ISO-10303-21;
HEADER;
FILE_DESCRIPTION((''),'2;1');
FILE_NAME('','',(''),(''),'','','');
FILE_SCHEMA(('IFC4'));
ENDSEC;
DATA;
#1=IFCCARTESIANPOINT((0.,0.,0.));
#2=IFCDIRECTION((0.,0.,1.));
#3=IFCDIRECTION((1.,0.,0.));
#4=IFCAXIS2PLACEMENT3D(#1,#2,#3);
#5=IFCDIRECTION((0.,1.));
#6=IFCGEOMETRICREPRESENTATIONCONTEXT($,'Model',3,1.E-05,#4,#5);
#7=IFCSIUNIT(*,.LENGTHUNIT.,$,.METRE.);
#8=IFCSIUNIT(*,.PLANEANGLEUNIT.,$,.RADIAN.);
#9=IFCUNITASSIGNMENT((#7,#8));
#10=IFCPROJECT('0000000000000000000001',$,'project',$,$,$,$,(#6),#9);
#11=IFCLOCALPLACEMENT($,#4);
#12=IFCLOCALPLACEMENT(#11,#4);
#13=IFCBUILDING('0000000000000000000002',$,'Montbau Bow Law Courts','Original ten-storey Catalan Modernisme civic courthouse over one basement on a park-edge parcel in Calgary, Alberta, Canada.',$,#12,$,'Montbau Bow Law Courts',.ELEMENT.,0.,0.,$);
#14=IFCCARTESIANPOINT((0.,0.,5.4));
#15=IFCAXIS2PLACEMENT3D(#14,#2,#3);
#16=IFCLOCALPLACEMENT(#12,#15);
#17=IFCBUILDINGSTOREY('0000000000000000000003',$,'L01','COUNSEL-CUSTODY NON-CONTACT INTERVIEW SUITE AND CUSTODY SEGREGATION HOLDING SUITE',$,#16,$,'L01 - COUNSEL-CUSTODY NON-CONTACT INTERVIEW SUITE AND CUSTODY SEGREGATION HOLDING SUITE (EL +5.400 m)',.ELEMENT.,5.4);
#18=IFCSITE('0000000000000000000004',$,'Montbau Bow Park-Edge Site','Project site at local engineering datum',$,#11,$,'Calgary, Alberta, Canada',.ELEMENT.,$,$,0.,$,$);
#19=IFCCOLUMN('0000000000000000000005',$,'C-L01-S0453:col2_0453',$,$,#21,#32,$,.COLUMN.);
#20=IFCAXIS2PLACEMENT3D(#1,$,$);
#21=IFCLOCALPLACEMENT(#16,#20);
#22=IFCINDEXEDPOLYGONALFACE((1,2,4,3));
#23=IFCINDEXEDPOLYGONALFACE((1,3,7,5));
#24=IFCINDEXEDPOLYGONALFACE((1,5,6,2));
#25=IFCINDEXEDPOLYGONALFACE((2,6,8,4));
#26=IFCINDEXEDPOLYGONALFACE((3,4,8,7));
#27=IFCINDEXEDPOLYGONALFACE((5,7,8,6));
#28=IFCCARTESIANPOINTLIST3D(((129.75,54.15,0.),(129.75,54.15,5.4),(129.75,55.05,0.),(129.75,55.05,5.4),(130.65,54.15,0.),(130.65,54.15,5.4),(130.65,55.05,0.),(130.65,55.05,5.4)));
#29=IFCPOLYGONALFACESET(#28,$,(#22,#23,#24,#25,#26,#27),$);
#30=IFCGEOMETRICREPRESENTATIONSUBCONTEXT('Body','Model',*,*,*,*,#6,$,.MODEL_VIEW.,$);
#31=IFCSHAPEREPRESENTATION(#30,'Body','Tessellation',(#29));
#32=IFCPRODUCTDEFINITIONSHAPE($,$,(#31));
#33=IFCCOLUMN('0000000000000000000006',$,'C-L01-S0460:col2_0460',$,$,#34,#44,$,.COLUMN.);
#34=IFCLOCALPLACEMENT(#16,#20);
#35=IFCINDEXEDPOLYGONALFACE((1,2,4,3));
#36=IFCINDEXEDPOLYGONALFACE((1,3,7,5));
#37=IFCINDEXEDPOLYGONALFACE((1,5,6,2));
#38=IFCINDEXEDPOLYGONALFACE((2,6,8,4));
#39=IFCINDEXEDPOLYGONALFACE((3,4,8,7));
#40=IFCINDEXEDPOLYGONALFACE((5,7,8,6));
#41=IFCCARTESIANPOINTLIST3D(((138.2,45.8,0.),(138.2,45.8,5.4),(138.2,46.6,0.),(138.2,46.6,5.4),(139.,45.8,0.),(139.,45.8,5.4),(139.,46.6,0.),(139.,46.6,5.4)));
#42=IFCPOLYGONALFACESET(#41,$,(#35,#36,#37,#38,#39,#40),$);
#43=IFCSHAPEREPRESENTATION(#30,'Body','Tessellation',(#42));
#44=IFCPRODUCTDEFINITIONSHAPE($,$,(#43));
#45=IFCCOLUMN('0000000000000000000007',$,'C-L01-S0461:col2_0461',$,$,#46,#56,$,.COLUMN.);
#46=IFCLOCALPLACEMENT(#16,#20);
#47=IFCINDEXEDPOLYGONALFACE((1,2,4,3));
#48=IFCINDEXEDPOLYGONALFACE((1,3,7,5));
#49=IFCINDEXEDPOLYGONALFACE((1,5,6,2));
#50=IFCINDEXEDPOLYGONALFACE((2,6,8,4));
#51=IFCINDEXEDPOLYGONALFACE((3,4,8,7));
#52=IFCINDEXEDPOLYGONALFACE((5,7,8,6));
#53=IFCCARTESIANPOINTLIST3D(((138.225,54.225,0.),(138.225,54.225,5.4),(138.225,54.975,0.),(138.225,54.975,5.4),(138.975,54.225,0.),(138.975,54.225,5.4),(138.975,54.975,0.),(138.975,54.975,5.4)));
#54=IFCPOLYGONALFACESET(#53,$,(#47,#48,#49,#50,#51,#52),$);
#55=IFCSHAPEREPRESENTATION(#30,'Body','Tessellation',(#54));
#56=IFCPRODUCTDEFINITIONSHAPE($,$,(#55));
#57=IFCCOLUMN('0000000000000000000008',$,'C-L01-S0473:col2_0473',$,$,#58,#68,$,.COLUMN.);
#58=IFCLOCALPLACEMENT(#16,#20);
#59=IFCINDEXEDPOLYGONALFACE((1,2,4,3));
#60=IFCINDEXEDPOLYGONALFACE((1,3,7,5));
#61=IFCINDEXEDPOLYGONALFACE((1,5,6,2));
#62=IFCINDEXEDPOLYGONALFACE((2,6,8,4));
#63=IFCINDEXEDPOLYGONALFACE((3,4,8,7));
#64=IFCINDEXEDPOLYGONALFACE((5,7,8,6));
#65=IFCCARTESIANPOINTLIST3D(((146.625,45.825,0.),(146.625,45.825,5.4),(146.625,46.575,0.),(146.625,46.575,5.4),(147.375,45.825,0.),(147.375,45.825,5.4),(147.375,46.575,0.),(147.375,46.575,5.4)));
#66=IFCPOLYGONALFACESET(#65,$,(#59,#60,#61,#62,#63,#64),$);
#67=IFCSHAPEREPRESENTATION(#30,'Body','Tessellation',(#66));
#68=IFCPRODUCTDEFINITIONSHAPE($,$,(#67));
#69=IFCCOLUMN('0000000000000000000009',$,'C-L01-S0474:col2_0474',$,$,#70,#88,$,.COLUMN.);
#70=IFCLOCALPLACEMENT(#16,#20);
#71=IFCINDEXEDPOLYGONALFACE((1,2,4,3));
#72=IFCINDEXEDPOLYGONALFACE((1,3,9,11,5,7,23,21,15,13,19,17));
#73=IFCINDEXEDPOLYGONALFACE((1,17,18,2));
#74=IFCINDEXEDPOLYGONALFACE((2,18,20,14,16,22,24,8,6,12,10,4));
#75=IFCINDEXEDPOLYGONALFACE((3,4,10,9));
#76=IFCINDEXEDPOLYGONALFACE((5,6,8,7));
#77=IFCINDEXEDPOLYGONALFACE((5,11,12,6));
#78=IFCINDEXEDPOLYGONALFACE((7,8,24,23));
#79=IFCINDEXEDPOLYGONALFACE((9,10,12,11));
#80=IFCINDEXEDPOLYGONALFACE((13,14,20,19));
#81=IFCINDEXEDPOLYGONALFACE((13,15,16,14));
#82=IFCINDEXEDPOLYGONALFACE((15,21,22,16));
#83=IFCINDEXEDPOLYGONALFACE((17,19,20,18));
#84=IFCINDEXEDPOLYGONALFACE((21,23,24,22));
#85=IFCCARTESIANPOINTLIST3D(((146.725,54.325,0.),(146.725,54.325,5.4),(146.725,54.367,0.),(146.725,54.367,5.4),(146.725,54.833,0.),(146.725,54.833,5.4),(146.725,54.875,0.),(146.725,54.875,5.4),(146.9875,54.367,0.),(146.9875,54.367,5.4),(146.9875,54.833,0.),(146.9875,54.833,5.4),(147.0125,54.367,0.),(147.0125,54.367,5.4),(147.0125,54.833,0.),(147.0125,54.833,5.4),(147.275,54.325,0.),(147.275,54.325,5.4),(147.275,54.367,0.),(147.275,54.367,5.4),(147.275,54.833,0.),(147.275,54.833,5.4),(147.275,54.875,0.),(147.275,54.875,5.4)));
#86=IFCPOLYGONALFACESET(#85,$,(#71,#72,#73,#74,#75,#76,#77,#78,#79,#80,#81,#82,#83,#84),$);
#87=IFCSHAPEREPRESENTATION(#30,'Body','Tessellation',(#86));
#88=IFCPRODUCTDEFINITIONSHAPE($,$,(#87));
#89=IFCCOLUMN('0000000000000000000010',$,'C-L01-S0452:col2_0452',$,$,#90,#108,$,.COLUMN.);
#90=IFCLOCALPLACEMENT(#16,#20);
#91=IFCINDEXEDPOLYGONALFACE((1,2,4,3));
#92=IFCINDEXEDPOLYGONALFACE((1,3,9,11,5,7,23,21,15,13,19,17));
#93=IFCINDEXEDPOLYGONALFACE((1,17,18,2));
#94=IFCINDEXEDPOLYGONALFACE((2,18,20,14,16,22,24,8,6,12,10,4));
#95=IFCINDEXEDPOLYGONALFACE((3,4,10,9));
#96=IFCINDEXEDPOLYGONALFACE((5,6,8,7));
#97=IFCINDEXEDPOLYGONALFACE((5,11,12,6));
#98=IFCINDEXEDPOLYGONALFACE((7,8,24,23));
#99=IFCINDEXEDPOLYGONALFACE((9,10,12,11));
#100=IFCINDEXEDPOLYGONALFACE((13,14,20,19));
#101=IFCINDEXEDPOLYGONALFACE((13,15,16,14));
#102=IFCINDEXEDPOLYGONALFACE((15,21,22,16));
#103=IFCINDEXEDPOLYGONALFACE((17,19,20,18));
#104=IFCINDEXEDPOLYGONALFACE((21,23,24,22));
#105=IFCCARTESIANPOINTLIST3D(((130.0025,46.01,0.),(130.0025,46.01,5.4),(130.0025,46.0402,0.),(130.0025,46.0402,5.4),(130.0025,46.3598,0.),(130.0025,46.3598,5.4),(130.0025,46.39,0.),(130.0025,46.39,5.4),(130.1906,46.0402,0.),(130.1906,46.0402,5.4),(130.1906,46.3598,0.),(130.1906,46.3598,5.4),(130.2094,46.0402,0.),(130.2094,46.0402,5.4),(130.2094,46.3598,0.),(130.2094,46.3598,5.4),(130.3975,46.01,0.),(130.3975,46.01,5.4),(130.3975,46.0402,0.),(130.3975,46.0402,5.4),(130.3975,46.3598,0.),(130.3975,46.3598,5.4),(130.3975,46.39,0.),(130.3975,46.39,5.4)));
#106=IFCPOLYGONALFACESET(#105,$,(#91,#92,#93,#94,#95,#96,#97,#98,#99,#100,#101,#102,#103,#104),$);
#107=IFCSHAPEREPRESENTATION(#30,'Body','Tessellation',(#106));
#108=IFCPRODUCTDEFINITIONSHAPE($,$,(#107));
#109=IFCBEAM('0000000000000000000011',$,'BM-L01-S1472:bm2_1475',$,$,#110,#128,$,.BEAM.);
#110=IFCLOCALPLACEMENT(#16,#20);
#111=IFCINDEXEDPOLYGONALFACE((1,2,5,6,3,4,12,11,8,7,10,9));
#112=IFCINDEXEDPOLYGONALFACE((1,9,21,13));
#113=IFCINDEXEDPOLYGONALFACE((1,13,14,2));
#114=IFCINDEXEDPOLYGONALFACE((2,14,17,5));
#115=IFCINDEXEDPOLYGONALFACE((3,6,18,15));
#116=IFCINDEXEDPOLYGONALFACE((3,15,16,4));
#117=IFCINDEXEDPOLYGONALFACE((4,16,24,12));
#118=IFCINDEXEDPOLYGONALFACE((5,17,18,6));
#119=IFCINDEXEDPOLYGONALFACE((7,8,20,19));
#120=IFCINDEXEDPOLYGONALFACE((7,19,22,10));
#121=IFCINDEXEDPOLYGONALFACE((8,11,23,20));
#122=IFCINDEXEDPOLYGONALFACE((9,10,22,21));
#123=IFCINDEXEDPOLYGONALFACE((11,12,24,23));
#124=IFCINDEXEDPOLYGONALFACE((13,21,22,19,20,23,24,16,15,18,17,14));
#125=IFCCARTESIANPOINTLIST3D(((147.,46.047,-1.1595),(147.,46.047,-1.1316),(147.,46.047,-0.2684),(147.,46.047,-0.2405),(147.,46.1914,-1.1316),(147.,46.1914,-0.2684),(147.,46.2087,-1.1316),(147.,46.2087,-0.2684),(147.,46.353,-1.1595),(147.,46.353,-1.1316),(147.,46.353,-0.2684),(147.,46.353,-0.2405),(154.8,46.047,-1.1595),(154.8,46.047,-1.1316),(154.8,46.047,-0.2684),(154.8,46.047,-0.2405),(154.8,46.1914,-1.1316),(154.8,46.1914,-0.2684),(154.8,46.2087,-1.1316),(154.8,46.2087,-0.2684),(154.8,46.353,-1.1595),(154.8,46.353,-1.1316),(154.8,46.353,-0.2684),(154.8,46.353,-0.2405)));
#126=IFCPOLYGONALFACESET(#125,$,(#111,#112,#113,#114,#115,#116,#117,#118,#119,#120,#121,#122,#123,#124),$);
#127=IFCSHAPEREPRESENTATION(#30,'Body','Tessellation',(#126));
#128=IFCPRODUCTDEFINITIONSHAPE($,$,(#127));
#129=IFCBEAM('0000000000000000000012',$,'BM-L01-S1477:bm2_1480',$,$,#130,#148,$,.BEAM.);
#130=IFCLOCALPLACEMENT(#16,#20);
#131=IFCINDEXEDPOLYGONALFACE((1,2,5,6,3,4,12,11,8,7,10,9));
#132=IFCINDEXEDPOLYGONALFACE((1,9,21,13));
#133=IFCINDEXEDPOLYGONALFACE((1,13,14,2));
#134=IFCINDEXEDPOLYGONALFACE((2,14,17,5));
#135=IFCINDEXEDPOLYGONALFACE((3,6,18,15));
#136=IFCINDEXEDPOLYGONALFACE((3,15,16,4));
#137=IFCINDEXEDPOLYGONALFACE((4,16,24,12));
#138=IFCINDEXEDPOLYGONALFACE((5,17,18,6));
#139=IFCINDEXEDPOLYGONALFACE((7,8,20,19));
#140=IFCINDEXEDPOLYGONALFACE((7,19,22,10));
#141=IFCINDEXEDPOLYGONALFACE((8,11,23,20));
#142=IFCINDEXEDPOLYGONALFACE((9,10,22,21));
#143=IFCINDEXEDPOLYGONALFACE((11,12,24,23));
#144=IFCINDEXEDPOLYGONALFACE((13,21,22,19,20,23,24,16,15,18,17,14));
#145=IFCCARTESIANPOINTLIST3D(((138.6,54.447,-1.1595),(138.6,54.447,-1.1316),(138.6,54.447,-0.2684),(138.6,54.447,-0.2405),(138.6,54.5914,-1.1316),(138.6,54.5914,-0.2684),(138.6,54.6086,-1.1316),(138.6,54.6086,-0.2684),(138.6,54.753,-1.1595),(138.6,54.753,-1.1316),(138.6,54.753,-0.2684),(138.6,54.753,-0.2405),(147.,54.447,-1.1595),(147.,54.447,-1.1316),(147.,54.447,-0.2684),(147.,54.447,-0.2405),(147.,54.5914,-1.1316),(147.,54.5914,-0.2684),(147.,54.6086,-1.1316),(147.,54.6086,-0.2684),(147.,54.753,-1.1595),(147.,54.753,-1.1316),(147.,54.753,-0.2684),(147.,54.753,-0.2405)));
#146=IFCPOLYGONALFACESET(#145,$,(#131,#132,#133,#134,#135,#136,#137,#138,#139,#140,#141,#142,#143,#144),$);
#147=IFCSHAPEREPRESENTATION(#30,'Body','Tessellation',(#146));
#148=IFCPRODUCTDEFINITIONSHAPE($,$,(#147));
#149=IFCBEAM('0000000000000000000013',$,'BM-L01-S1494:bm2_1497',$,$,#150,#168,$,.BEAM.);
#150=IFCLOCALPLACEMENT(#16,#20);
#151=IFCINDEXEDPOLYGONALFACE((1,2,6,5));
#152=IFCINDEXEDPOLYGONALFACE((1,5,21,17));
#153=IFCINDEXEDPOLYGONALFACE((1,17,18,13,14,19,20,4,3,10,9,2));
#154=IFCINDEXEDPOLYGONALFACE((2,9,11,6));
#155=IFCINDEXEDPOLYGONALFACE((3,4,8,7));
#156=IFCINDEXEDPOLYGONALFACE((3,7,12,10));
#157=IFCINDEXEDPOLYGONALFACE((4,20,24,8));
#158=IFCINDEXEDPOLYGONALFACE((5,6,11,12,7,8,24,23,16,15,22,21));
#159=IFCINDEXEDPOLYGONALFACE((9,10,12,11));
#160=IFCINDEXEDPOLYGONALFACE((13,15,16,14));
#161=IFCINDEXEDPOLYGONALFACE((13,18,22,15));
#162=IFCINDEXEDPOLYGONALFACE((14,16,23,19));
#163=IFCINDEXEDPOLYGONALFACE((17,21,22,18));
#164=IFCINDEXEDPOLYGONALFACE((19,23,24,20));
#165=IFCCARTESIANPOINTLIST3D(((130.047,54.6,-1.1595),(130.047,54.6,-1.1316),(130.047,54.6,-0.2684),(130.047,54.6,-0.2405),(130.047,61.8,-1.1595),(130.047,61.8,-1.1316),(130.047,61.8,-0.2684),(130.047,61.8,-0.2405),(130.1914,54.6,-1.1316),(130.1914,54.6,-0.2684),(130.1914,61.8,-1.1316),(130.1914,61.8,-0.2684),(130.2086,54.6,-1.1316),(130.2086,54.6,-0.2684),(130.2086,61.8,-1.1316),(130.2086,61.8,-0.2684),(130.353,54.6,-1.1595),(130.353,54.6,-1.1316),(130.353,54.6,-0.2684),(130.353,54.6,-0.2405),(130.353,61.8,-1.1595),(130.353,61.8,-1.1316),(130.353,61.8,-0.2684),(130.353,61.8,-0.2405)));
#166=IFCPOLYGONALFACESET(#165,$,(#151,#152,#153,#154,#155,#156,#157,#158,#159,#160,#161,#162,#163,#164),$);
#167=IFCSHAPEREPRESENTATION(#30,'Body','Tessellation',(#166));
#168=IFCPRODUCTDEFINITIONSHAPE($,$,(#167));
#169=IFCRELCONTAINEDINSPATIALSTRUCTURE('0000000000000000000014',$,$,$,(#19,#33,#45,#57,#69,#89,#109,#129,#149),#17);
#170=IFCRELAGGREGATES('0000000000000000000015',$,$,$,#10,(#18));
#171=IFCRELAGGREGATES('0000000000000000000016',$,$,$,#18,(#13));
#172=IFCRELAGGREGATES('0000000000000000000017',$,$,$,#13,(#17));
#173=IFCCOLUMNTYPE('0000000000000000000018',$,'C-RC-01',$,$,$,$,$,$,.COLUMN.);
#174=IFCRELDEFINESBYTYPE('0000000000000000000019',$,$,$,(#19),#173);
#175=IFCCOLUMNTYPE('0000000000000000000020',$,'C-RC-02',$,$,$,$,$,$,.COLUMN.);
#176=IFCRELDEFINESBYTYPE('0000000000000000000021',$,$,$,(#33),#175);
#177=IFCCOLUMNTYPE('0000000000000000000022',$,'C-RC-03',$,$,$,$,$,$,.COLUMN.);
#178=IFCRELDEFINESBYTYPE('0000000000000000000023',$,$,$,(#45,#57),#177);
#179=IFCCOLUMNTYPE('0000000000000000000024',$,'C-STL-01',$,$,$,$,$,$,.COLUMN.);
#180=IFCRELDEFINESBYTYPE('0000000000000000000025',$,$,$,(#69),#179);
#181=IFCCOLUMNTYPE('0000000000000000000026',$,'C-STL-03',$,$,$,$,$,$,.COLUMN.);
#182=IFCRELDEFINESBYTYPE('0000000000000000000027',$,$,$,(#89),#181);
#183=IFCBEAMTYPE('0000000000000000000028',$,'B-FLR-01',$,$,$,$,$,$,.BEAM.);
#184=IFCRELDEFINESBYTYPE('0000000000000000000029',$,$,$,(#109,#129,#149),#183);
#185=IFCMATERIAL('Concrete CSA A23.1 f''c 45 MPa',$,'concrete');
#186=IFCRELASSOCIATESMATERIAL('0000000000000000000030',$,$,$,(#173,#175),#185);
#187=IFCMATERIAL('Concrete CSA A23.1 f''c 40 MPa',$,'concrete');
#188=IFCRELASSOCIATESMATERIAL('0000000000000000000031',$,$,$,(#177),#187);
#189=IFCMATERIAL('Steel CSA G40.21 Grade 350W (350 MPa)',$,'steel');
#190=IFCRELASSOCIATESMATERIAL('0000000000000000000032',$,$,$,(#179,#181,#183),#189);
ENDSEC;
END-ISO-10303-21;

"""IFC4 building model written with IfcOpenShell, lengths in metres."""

from ifc_helpers import new_model, si_unit, direction, frame, origin_with_axes, origin_2d_with_axis, place, context, subcontext, project, spatial, rectangle, i_section, extrude, material, material_profile, profile_set, type_object, element, save


model = new_model("IFC4")

# Units and contexts
model_context = context("Model", 3, precision=1e-05, world=origin_with_axes(), true_north=direction((0.0, 1.0)))
body_context = subcontext(model_context, "Body", "Model", "MODEL_VIEW")
ifc_project = project(units=[si_unit("LENGTHUNIT", "METRE"), si_unit("PLANEANGLEUNIT", "RADIAN")], contexts=[model_context])

# Site, building, storey
site_placement = place(None, origin_with_axes())
site = spatial("IfcSite", under=ifc_project, at=site_placement, Name="Montbau Bow Park-Edge Site", Description="Project site at local engineering datum", LongName="Calgary, Alberta, Canada", CompositionType="ELEMENT", RefElevation=0.0)
building_placement = place(site_placement, origin_with_axes())
building = spatial("IfcBuilding", under=site, at=building_placement, Name="Montbau Bow Law Courts", Description="Original ten-storey Catalan Modernisme civic courthouse over one basement on a park-edge parcel in Calgary, Alberta, Canada.", LongName="Montbau Bow Law Courts", CompositionType="ELEMENT", ElevationOfRefHeight=0.0, ElevationOfTerrain=0.0)
storey_placement = place(building_placement, frame((0.0, 0.0, 5.4), z_axis=(0.0, 0.0, 1.0), x_axis=(1.0, 0.0, 0.0)))
storey = spatial("IfcBuildingStorey", under=building, at=storey_placement, Name="L01", Description="COUNSEL-CUSTODY NON-CONTACT INTERVIEW SUITE AND CUSTODY SEGREGATION HOLDING SUITE", LongName="L01 - COUNSEL-CUSTODY NON-CONTACT INTERVIEW SUITE AND CUSTODY SEGREGATION HOLDING SUITE (EL +5.400 m)", CompositionType="ELEMENT", Elevation=5.4)

# Columns
ifc_material_1 = material(Name="Concrete CSA A23.1 f'c 45 MPa", Category="concrete")
ifc_material_profile_1 = material_profile(ifc_material_1, rectangle(XDim=0.9, YDim=0.9, at=origin_2d_with_axis()), Name="RC900X900", Category="Main", Priority=0)
ifc_profile_set_1 = profile_set([ifc_material_profile_1], Name="Concrete CSA A23.1 f'c 45 MPa")
column_type_1 = type_object("IfcColumnType", Name="C-RC-01", PredefinedType="COLUMN", material=ifc_profile_set_1)
column_1_placement = place(None, frame((130.2, 54.6, 5.4), z_axis=(0.0, 0.0, 1.0), x_axis=(1.0, 0.0, 0.0)))
element("IfcColumn", 1, at=column_1_placement, inside=storey, type_object=column_type_1, Name="C-L01-S0453:col2_0453", PredefinedType="COLUMN", context=body_context, shape_type="SweptSolid", body=[
    extrude(rectangle(XDim=0.9, YDim=0.9, at=origin_2d_with_axis()), origin_with_axes(), (0.0, 0.0, 1.0), 5.4),
])
ifc_material_profile_2 = material_profile(ifc_material_1, rectangle(XDim=0.8, YDim=0.8, at=origin_2d_with_axis()), Name="RC800X800", Category="Main", Priority=0)
ifc_profile_set_2 = profile_set([ifc_material_profile_2], Name="Concrete CSA A23.1 f'c 45 MPa")
column_type_2 = type_object("IfcColumnType", Name="C-RC-02", PredefinedType="COLUMN", material=ifc_profile_set_2)
column_2_placement = place(None, frame((138.6, 46.2, 5.4), z_axis=(0.0, 0.0, 1.0), x_axis=(1.0, 0.0, 0.0)))
element("IfcColumn", 2, at=column_2_placement, inside=storey, type_object=column_type_2, Name="C-L01-S0460:col2_0460", PredefinedType="COLUMN", context=body_context, shape_type="SweptSolid", body=[
    extrude(rectangle(XDim=0.8, YDim=0.8, at=origin_2d_with_axis()), origin_with_axes(), (0.0, 0.0, 1.0), 5.4),
])
ifc_material_2 = material(Name="Concrete CSA A23.1 f'c 40 MPa", Category="concrete")
ifc_material_profile_3 = material_profile(ifc_material_2, rectangle(XDim=0.75, YDim=0.75, at=origin_2d_with_axis()), Name="RC750X750", Category="Main", Priority=0)
ifc_profile_set_3 = profile_set([ifc_material_profile_3], Name="Concrete CSA A23.1 f'c 40 MPa")
column_type_3 = type_object("IfcColumnType", Name="C-RC-03", PredefinedType="COLUMN", material=ifc_profile_set_3)
for number, where, z_axis, x_axis, name in (
    (3, (138.6, 54.6, 5.4), (0.0, 0.0, 1.0), (1.0, 0.0, 0.0), "C-L01-S0461:col2_0461"),
    (4, (147.0, 46.2, 5.4), (0.0, 0.0, 1.0), (1.0, 0.0, 0.0), "C-L01-S0473:col2_0473"),
):
    element("IfcColumn", number, at=place(None, frame(where, z_axis=z_axis, x_axis=x_axis)), inside=storey, type_object=column_type_3, Name=name, PredefinedType="COLUMN", context=body_context, shape_type="SweptSolid", body=[
        extrude(rectangle(XDim=0.75, YDim=0.75, at=origin_2d_with_axis()), origin_with_axes(), (0.0, 0.0, 1.0), 5.4),
    ])
ifc_material_3 = material(Name="Steel CSA G40.21 Grade 350W (350 MPa)", Category="steel")
ifc_material_profile_4 = material_profile(ifc_material_3, i_section(OverallWidth=0.55, OverallDepth=0.55, WebThickness=0.025, FlangeThickness=0.042, at=origin_2d_with_axis()), Name="WWF550X420", Category="Main", Priority=0)
ifc_profile_set_4 = profile_set([ifc_material_profile_4], Name="Steel CSA G40.21 Grade 350W (350 MPa)")
column_type_4 = type_object("IfcColumnType", Name="C-STL-01", PredefinedType="COLUMN", material=ifc_profile_set_4)
column_3_placement = place(None, frame((147.0, 54.6, 5.4), z_axis=(0.0, 0.0, 1.0), x_axis=(1.0, 0.0, 0.0)))
element("IfcColumn", 5, at=column_3_placement, inside=storey, type_object=column_type_4, Name="C-L01-S0474:col2_0474", PredefinedType="COLUMN", context=body_context, shape_type="SweptSolid", body=[
    extrude(i_section(OverallWidth=0.55, OverallDepth=0.55, WebThickness=0.025, FlangeThickness=0.042, at=origin_2d_with_axis()), origin_with_axes(), (0.0, 0.0, 1.0), 5.4),
])
ifc_material_profile_5 = material_profile(ifc_material_3, i_section(OverallWidth=0.395, OverallDepth=0.38, WebThickness=0.0189, FlangeThickness=0.0302, at=origin_2d_with_axis()), Name="W360X237", Category="Main", Priority=0)
ifc_profile_set_5 = profile_set([ifc_material_profile_5], Name="Steel CSA G40.21 Grade 350W (350 MPa)")
column_type_5 = type_object("IfcColumnType", Name="C-STL-03", PredefinedType="COLUMN", material=ifc_profile_set_5)
column_4_placement = place(None, frame((130.2, 46.2, 5.4), z_axis=(0.0, 0.0, 1.0), x_axis=(1.0, 0.0, 0.0)))
element("IfcColumn", 6, at=column_4_placement, inside=storey, type_object=column_type_5, Name="C-L01-S0452:col2_0452", PredefinedType="COLUMN", context=body_context, shape_type="SweptSolid", body=[
    extrude(i_section(OverallWidth=0.395, OverallDepth=0.38, WebThickness=0.0189, FlangeThickness=0.0302, at=origin_2d_with_axis()), origin_with_axes(), (0.0, 0.0, 1.0), 5.4),
])

# Beams
ifc_material_profile_6 = material_profile(ifc_material_3, i_section(OverallWidth=0.306, OverallDepth=0.919, WebThickness=0.0173, FlangeThickness=0.0279, at=origin_2d_with_axis()), Name="W920X253", Category="Main", Priority=0)
ifc_profile_set_6 = profile_set([ifc_material_profile_6], Name="Steel CSA G40.21 Grade 350W (350 MPa)")
beam_type_1 = type_object("IfcBeamType", Name="B-FLR-01", PredefinedType="BEAM", material=ifc_profile_set_6)
beam_1_placement = place(None, frame((147.0, 46.2, 4.7), z_axis=(1.0, 0.0, 0.0), x_axis=(0.0, 1.0, 0.0)))
element("IfcBeam", 7, at=beam_1_placement, inside=storey, type_object=beam_type_1, Name="BM-L01-S1472:bm2_1475", PredefinedType="BEAM", context=body_context, shape_type="SweptSolid", body=[
    extrude(i_section(OverallWidth=0.306, OverallDepth=0.919, WebThickness=0.0173, FlangeThickness=0.0279, at=origin_2d_with_axis()), origin_with_axes(), (0.0, 0.0, 1.0), 7.8),
])
beam_2_placement = place(None, frame((138.6, 54.6, 4.7), z_axis=(1.0, 0.0, 0.0), x_axis=(0.0, 1.0, 0.0)))
element("IfcBeam", 8, at=beam_2_placement, inside=storey, type_object=beam_type_1, Name="BM-L01-S1477:bm2_1480", PredefinedType="BEAM", context=body_context, shape_type="SweptSolid", body=[
    extrude(i_section(OverallWidth=0.306, OverallDepth=0.919, WebThickness=0.0173, FlangeThickness=0.0279, at=origin_2d_with_axis()), origin_with_axes(), (0.0, 0.0, 1.0), 8.4),
])
beam_3_placement = place(None, frame((130.2, 54.6, 4.7), z_axis=(0.0, 1.0, 0.0), x_axis=(-1.0, 0.0, 0.0)))
element("IfcBeam", 9, at=beam_3_placement, inside=storey, type_object=beam_type_1, Name="BM-L01-S1494:bm2_1497", PredefinedType="BEAM", context=body_context, shape_type="SweptSolid", body=[
    extrude(i_section(OverallWidth=0.306, OverallDepth=0.919, WebThickness=0.0173, FlangeThickness=0.0279, at=origin_2d_with_axis()), origin_with_axes(), (0.0, 0.0, 1.0), 7.2),
])

save(model, "model.ifc")
